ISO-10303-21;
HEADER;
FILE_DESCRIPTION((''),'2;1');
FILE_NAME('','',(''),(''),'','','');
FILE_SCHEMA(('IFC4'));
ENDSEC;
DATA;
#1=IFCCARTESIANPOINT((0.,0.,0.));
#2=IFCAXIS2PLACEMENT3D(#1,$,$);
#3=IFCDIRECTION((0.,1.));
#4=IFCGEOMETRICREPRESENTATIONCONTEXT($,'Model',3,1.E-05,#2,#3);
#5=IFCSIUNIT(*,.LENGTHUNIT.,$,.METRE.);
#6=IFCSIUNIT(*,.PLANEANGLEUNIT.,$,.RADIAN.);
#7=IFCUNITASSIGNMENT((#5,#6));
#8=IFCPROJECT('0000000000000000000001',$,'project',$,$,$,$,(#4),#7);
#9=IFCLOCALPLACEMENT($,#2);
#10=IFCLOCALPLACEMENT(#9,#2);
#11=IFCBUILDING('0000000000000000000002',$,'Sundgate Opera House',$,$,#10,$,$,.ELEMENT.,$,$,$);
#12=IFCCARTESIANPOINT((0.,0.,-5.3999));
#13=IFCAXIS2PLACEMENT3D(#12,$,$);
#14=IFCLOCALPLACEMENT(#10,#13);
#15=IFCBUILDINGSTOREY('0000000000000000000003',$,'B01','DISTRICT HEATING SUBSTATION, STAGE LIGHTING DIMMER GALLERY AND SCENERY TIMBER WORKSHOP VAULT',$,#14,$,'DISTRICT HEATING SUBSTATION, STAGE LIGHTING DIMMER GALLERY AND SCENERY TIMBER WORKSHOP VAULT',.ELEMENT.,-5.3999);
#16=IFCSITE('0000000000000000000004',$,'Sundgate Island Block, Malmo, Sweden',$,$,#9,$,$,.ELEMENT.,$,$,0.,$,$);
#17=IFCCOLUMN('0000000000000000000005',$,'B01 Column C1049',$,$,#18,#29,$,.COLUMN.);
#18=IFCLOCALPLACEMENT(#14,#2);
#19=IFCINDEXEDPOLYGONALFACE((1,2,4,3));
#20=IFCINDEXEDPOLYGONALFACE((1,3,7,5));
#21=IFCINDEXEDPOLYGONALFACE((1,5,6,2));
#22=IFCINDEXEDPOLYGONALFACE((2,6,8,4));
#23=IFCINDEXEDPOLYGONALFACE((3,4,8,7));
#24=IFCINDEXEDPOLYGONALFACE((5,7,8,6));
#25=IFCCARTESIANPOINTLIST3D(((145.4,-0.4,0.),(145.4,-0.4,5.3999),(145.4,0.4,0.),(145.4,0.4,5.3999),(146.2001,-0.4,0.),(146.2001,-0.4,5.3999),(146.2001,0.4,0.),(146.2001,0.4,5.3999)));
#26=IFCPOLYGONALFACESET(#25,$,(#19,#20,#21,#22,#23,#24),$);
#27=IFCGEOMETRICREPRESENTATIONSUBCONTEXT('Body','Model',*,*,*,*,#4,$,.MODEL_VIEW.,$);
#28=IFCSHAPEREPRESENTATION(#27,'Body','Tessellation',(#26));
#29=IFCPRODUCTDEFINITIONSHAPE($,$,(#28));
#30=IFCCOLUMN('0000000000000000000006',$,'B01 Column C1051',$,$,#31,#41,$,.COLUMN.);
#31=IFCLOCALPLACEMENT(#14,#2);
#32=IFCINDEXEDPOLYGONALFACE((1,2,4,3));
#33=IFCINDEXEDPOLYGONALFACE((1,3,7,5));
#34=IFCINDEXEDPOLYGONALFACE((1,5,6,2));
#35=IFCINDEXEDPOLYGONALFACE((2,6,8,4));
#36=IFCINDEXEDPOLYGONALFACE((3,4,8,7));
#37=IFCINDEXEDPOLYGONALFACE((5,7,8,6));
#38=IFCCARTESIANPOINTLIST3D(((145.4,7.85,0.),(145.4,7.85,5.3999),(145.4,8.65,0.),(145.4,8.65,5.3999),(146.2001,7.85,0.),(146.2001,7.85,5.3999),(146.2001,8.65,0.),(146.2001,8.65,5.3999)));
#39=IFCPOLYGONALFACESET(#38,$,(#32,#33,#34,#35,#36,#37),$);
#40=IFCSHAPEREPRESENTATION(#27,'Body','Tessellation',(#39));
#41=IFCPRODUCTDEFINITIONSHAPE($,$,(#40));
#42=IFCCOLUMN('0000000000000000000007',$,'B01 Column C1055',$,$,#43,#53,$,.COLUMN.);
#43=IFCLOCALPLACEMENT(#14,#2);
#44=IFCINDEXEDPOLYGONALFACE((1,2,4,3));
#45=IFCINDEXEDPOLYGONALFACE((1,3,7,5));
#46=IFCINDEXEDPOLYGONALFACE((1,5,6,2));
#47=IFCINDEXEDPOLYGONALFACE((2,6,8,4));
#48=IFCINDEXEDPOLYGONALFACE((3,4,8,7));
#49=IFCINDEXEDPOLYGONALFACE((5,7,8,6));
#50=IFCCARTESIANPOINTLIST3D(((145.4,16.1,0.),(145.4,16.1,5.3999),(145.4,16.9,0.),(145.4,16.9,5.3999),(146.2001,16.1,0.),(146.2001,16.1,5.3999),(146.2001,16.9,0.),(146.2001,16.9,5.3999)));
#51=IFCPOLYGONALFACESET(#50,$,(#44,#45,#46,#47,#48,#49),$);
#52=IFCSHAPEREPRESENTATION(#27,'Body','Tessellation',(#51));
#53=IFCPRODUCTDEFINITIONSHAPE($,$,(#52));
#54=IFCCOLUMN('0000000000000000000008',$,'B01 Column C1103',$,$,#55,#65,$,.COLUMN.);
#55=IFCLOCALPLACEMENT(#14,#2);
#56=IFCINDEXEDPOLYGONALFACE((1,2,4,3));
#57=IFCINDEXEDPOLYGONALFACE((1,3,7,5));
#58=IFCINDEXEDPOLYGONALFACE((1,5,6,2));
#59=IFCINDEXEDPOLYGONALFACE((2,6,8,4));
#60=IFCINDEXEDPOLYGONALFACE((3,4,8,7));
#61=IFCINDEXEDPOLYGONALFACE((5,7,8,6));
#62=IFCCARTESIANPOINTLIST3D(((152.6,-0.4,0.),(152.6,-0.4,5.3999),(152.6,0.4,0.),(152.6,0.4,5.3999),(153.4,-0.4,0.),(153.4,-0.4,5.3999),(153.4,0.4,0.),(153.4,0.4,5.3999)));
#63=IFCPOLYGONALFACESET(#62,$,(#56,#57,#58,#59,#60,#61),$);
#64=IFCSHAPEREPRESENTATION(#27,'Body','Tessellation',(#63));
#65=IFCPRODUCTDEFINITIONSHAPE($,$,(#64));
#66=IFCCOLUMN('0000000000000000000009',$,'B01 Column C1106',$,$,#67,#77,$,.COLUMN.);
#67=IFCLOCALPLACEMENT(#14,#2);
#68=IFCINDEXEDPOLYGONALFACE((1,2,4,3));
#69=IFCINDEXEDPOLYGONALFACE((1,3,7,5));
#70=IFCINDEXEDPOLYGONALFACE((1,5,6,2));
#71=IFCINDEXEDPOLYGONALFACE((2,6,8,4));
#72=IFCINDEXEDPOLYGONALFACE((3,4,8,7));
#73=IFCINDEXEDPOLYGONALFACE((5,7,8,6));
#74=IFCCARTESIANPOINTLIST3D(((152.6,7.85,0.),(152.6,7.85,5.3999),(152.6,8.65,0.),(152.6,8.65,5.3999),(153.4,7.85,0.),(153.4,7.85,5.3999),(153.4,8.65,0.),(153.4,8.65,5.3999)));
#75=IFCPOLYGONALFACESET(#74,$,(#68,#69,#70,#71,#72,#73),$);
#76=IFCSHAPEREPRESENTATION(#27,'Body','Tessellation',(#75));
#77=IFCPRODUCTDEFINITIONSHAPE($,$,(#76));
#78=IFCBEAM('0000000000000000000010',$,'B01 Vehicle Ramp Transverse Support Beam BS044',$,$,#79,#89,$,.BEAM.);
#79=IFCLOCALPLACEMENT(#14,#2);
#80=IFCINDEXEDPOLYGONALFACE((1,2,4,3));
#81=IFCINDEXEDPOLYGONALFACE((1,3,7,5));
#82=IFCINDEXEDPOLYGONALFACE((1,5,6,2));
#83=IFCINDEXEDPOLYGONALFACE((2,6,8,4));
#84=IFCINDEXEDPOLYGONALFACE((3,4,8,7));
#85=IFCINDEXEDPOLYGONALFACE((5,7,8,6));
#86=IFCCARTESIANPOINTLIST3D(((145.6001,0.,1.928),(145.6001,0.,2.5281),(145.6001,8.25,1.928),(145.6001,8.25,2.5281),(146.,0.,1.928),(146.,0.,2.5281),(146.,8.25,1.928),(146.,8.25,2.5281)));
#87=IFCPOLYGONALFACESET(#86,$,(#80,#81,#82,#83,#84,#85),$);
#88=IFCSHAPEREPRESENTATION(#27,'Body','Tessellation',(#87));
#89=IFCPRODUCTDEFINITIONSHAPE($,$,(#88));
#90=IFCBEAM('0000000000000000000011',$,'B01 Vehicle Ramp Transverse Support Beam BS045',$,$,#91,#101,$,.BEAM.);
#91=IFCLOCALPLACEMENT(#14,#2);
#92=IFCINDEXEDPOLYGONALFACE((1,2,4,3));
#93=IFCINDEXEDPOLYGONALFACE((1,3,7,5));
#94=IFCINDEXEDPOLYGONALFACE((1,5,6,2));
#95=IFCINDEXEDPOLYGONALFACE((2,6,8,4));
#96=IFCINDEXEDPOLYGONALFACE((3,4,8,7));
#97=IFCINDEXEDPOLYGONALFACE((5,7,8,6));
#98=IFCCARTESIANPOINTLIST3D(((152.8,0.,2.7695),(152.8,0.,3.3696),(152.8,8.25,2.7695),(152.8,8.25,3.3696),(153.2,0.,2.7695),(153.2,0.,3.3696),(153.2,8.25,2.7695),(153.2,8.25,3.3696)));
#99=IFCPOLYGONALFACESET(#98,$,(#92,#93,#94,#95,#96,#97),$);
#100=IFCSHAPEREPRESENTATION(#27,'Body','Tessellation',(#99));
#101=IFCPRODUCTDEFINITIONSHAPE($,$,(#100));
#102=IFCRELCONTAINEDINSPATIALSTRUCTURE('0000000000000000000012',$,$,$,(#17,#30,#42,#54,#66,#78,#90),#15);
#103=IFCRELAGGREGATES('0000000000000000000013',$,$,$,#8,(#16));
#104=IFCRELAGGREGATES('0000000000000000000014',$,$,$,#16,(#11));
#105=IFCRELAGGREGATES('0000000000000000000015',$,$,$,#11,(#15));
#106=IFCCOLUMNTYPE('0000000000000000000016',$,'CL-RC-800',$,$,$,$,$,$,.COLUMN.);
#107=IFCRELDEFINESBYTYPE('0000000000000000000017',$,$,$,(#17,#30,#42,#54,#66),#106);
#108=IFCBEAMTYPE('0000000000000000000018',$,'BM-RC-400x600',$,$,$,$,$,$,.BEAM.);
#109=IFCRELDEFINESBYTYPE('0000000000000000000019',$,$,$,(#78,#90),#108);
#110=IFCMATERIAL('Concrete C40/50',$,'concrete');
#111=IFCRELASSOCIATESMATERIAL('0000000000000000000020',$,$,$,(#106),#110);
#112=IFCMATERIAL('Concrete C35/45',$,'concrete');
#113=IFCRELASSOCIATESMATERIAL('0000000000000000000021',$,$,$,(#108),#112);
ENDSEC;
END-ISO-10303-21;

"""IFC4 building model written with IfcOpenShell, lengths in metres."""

from ifc_helpers import new_model, si_unit, direction, frame, origin, origin_2d, place, context, subcontext, project, spatial, rectangle, extrude, material, material_profile, profile_set, type_object, element, save


model = new_model("IFC4")

# Units and contexts
model_context = context("Model", 3, precision=1e-05, world=origin(), true_north=direction((0.0, 1.0)))
body_context = subcontext(model_context, "Body", "Model", "MODEL_VIEW")
ifc_project = project(units=[si_unit("LENGTHUNIT", "METRE"), si_unit("PLANEANGLEUNIT", "RADIAN")], contexts=[model_context])

# Site, building, storey
site_placement = place(None, origin())
site = spatial("IfcSite", under=ifc_project, at=site_placement, Name="Sundgate Island Block, Malmo, Sweden", CompositionType="ELEMENT", RefElevation=0.0)
building_placement = place(site_placement, origin())
building = spatial("IfcBuilding", under=site, at=building_placement, Name="Sundgate Opera House", CompositionType="ELEMENT")
storey_placement = place(building_placement, frame((0.0, 0.0, -5.3999)))
storey = spatial("IfcBuildingStorey", under=building, at=storey_placement, Name="B01", Description="DISTRICT HEATING SUBSTATION, STAGE LIGHTING DIMMER GALLERY AND SCENERY TIMBER WORKSHOP VAULT", LongName="DISTRICT HEATING SUBSTATION, STAGE LIGHTING DIMMER GALLERY AND SCENERY TIMBER WORKSHOP VAULT", CompositionType="ELEMENT", Elevation=-5.3999)

# Columns
ifc_material_1 = material(Name="Concrete C40/50", Category="concrete")
ifc_material_profile_1 = material_profile(ifc_material_1, rectangle(XDim=0.8, YDim=0.8, at=origin_2d()), Name="RC 800x800")
ifc_profile_set_1 = profile_set([ifc_material_profile_1], Name="Concrete C40/50")
column_type = type_object("IfcColumnType", Name="CL-RC-800", PredefinedType="COLUMN", material=ifc_profile_set_1)
for number, where, z_axis, x_axis, name in (
    (1, (145.8, 0.0, 0.0), (0.0, 0.0, 1.0), (1.0, 0.0, 0.0), "B01 Column C1049"),
    (2, (145.8, 8.25, 0.0), (0.0, 0.0, 1.0), (1.0, 0.0, 0.0), "B01 Column C1051"),
    (3, (145.8, 16.5, 0.0), (0.0, 0.0, 1.0), (1.0, 0.0, 0.0), "B01 Column C1055"),
    (4, (153.0, 0.0, 0.0), (0.0, 0.0, 1.0), (1.0, 0.0, 0.0), "B01 Column C1103"),
    (5, (153.0, 8.25, 0.0), (0.0, 0.0, 1.0), (1.0, 0.0, 0.0), "B01 Column C1106"),
):
    element("IfcColumn", number, at=place(storey_placement, frame(where, z_axis=z_axis, x_axis=x_axis)), inside=storey, type_object=column_type, Name=name, PredefinedType="COLUMN", context=body_context, shape_type="SweptSolid", body=[
        extrude(rectangle(XDim=0.8, YDim=0.8, at=origin_2d()), origin(), (0.0, 0.0, 1.0), 5.3999),
    ])

# Beams
ifc_material_2 = material(Name="Concrete C35/45", Category="concrete")
ifc_material_profile_2 = material_profile(ifc_material_2, rectangle(XDim=0.3999, YDim=0.6001, at=origin_2d()), Name="RC 400x600")
ifc_profile_set_2 = profile_set([ifc_material_profile_2], Name="Concrete C35/45")
beam_type = type_object("IfcBeamType", Name="BM-RC-400x600", PredefinedType="BEAM", material=ifc_profile_set_2)
for number, where, z_axis, x_axis, name in (
    (6, (145.8, 0.0, 2.228), (0.0, 1.0, 0.0), (-1.0, 0.0, 0.0), "B01 Vehicle Ramp Transverse Support Beam BS044"),
    (7, (153.0, 0.0, 3.0696), (0.0, 1.0, 0.0), (-1.0, 0.0, 0.0), "B01 Vehicle Ramp Transverse Support Beam BS045"),
):
    element("IfcBeam", number, at=place(storey_placement, frame(where, z_axis=z_axis, x_axis=x_axis)), inside=storey, type_object=beam_type, Name=name, PredefinedType="BEAM", context=body_context, shape_type="SweptSolid", body=[
        extrude(rectangle(XDim=0.3999, YDim=0.6001, at=origin_2d()), origin(), (0.0, 0.0, 1.0), 8.25),
    ])

save(model, "model.ifc")
